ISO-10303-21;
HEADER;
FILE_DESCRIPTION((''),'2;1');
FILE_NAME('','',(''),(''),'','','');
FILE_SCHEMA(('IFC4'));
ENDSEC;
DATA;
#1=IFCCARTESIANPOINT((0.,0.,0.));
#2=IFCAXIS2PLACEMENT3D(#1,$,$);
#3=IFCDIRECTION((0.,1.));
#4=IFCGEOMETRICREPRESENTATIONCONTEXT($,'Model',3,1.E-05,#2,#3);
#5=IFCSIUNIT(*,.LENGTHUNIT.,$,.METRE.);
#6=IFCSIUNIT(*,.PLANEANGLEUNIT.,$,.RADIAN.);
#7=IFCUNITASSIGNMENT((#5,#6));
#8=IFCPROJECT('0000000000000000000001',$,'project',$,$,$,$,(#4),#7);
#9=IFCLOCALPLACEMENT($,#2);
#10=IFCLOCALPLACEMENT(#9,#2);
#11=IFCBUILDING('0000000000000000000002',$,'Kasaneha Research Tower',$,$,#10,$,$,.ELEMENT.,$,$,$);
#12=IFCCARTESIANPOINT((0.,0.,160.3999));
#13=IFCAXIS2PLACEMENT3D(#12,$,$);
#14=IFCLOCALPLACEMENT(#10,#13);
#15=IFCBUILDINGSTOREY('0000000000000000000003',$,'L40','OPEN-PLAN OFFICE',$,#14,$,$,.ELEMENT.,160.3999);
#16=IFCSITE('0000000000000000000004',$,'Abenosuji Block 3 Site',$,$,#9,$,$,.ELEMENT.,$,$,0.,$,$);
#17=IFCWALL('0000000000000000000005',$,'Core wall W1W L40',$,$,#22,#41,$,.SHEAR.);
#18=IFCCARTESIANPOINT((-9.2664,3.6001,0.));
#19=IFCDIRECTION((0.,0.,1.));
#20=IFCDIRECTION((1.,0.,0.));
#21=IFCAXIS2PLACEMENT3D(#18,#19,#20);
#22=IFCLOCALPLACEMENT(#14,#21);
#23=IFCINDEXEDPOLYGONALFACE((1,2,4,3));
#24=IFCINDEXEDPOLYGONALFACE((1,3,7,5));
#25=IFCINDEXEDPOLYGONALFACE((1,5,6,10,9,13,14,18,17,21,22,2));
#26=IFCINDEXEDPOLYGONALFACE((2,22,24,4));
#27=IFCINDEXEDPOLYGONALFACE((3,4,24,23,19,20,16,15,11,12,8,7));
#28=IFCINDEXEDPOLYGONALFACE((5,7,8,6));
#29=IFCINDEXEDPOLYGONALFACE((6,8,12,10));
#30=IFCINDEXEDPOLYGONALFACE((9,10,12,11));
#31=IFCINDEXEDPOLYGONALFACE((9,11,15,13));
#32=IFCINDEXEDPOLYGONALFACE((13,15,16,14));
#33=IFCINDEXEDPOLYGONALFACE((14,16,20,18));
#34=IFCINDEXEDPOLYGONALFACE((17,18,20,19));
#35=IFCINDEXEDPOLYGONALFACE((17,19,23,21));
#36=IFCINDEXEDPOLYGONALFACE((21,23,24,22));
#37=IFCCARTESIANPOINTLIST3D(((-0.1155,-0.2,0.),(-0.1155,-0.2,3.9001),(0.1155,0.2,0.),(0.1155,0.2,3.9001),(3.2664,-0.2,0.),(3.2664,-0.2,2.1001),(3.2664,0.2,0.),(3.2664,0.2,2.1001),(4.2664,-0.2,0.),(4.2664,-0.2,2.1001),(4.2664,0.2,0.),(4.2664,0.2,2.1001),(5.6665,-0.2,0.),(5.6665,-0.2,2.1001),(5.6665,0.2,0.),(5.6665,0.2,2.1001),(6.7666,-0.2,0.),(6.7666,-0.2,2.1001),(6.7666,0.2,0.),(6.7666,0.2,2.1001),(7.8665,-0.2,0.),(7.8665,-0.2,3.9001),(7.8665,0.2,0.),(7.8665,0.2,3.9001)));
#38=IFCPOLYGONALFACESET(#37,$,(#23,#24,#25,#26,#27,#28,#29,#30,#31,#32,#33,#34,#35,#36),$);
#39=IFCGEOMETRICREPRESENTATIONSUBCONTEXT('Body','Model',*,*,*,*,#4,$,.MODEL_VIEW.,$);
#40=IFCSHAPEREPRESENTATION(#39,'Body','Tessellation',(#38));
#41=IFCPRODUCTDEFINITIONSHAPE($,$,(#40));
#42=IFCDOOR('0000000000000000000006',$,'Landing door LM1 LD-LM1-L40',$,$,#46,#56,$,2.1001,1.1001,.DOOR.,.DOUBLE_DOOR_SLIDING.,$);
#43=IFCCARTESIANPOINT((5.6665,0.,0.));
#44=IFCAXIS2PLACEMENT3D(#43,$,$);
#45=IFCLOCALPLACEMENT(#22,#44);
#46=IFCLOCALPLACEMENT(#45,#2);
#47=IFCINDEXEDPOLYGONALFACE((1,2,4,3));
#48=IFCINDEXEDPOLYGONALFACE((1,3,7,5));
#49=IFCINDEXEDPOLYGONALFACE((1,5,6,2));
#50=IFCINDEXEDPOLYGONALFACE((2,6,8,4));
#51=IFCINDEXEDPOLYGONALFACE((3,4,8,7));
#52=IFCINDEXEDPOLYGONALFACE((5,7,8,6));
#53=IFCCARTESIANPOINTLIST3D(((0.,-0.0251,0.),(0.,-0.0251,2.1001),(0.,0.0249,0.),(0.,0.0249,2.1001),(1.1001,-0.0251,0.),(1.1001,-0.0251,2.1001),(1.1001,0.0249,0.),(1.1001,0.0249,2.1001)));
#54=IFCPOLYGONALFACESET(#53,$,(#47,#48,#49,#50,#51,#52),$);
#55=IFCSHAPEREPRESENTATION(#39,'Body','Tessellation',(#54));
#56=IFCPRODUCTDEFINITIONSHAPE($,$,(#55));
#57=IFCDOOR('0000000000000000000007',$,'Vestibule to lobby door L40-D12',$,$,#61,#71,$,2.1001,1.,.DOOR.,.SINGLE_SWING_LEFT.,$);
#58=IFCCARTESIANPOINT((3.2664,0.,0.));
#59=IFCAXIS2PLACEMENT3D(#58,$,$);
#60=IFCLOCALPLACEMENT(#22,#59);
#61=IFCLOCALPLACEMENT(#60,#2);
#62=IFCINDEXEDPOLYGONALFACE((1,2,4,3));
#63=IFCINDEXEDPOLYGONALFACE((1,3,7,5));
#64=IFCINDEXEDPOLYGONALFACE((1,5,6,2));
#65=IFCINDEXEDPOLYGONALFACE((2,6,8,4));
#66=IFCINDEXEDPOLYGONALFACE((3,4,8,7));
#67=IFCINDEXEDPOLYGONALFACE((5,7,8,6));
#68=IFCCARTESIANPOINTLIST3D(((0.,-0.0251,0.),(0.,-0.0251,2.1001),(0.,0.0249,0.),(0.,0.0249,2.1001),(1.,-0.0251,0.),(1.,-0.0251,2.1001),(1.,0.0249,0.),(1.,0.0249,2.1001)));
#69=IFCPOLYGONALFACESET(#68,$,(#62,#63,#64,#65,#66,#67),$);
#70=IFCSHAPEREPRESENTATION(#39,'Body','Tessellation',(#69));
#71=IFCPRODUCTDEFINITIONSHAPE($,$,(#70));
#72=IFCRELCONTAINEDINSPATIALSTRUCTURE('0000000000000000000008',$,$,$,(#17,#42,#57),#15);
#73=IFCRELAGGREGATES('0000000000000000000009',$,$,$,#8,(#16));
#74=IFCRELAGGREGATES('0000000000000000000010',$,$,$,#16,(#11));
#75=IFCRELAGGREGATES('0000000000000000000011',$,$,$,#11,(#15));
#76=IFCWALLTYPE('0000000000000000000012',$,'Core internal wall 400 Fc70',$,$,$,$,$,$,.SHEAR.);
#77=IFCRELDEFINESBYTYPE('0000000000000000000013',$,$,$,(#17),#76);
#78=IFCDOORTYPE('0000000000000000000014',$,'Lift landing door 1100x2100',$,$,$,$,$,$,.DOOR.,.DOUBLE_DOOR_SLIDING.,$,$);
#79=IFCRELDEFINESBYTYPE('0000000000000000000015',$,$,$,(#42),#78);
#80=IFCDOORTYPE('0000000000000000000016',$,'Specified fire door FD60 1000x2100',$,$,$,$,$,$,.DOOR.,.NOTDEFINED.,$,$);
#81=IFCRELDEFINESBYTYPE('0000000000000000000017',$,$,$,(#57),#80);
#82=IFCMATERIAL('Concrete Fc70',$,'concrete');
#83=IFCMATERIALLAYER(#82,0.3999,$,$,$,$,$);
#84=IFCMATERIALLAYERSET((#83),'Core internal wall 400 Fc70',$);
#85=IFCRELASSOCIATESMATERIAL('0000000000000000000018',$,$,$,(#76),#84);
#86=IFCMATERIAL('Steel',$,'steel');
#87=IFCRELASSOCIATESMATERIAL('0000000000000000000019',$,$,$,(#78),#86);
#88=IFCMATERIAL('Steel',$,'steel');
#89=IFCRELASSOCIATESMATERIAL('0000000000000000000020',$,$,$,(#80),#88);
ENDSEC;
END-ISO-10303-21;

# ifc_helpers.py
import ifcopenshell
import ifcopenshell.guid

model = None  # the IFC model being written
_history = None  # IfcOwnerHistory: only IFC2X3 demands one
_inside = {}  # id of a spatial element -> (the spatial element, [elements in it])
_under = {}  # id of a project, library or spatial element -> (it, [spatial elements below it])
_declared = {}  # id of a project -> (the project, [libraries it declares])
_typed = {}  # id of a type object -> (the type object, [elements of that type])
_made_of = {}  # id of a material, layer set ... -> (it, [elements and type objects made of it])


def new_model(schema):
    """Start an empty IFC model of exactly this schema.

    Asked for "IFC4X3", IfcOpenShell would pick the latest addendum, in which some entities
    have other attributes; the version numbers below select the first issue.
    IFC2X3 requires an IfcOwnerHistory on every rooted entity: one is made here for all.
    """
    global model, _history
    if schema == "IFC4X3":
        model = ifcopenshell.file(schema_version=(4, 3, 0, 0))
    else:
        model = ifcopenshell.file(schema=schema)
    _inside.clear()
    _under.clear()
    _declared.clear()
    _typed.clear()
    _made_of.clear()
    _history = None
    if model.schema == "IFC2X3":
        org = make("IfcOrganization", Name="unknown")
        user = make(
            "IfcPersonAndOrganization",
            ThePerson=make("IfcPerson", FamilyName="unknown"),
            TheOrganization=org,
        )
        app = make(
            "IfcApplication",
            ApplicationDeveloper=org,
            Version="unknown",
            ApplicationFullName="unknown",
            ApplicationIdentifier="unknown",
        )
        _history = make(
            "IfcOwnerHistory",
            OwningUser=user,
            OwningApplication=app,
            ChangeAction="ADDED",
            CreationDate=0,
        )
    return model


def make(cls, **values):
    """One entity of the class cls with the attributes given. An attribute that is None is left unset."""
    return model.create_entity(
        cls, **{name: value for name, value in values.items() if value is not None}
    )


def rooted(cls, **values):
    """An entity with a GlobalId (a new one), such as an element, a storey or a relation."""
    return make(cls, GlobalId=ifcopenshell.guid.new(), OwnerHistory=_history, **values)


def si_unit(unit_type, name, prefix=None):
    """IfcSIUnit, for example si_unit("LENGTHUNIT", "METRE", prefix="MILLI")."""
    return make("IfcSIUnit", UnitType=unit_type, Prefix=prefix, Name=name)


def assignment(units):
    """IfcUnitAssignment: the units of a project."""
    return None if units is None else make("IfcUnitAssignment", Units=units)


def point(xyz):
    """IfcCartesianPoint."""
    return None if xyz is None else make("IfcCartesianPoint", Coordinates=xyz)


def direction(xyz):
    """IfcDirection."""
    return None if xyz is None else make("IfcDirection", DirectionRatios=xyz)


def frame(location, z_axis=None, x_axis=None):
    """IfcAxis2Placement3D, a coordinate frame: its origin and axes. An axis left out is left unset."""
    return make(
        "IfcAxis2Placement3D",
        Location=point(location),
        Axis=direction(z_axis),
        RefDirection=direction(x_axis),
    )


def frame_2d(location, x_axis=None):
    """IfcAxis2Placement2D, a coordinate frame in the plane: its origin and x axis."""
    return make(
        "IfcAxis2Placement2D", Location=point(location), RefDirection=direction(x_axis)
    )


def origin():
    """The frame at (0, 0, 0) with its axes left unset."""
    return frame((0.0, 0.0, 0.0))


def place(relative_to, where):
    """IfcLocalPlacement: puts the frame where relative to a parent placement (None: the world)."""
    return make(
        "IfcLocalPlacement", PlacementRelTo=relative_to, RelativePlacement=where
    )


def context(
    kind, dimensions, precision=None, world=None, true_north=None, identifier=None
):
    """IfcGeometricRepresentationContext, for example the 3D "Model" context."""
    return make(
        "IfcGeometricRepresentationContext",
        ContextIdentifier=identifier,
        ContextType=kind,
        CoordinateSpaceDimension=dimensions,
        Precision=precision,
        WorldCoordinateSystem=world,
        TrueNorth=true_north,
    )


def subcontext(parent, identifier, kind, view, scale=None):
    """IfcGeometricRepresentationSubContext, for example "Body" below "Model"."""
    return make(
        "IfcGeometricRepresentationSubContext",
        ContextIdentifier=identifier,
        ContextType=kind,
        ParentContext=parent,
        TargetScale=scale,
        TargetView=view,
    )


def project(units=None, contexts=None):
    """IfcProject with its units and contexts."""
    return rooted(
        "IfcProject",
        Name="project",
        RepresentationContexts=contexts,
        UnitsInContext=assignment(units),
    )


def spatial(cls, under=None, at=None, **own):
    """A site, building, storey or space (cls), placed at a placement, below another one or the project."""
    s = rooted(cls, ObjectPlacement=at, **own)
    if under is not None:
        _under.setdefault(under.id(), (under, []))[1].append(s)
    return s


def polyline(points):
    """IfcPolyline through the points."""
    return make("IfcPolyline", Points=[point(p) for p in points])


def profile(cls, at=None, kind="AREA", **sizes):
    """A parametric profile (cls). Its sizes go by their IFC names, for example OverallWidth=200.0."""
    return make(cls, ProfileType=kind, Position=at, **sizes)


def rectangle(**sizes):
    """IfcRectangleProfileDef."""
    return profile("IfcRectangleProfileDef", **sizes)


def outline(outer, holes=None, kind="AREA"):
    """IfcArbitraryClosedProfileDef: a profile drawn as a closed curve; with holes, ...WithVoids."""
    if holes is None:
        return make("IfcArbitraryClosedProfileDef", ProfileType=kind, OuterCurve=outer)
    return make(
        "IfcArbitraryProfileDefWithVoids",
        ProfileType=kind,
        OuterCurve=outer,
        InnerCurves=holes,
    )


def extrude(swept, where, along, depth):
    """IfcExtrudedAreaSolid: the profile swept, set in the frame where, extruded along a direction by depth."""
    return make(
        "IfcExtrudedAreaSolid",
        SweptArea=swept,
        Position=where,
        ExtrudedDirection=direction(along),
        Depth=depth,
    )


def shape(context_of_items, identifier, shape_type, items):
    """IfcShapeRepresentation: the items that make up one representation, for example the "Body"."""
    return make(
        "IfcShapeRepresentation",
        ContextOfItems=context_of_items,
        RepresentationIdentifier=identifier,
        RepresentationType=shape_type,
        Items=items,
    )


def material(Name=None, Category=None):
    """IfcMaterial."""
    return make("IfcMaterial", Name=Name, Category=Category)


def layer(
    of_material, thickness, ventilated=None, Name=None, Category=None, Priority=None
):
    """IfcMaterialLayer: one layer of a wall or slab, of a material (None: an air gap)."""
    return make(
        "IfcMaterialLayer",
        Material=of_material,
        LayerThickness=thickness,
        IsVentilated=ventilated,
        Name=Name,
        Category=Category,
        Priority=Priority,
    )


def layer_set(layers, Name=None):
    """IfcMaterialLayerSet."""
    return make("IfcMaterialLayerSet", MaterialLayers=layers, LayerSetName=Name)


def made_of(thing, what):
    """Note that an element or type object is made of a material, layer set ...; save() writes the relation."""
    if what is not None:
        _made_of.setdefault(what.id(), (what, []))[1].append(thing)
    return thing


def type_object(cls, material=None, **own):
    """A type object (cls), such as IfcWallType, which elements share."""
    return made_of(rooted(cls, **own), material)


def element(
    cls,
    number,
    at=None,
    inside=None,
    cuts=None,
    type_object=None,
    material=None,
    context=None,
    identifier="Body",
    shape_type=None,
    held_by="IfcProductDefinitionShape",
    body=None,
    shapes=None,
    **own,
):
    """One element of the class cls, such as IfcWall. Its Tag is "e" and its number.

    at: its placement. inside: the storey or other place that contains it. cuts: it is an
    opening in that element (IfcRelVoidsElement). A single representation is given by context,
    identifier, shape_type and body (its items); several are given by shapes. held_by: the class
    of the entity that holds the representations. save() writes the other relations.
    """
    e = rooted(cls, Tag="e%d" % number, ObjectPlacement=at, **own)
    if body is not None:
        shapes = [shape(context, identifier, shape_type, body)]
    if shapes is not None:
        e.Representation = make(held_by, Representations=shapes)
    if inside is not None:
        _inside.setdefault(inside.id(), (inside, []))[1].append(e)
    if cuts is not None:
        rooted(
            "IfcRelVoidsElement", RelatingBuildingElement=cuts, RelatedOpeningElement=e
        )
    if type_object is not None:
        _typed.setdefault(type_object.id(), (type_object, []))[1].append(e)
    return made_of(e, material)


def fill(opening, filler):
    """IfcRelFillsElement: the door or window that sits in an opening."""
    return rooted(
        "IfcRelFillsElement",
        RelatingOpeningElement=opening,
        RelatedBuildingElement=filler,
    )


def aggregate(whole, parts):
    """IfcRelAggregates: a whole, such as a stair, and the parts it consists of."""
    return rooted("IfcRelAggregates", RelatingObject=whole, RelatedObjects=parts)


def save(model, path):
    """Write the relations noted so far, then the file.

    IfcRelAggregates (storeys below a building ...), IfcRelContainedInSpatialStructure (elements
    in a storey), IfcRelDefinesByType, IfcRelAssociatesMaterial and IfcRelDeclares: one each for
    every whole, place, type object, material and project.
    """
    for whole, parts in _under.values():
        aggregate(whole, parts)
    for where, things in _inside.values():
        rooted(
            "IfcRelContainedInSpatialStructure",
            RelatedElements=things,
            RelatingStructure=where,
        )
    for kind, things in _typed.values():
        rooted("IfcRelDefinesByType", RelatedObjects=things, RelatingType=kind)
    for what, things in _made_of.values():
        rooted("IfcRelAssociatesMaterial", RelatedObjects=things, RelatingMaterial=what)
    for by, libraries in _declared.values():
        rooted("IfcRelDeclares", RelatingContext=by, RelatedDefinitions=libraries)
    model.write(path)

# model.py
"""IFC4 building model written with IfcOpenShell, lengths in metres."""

from ifc_helpers import new_model, si_unit, direction, frame, frame_2d, origin, place, context, subcontext, project, spatial, polyline, rectangle, outline, extrude, material, layer, layer_set, type_object, element, fill, save


model = new_model("IFC4")

# Units and contexts
model_context = context("Model", 3, precision=1e-05, world=origin(), true_north=direction((0.0, 1.0)))
body_context = subcontext(model_context, "Body", "Model", "MODEL_VIEW")
ifc_project = project(units=[si_unit("LENGTHUNIT", "METRE"), si_unit("PLANEANGLEUNIT", "RADIAN")], contexts=[model_context])

# Site, building, storey
site_placement = place(None, origin())
site = spatial("IfcSite", under=ifc_project, at=site_placement, Name="Abenosuji Block 3 Site", CompositionType="ELEMENT", RefElevation=0.0)
building_placement = place(site_placement, origin())
building = spatial("IfcBuilding", under=site, at=building_placement, Name="Kasaneha Research Tower", CompositionType="ELEMENT")
storey_placement = place(building_placement, frame((0.0, 0.0, 160.3999)))
storey = spatial("IfcBuildingStorey", under=building, at=storey_placement, Name="L40", Description="OPEN-PLAN OFFICE", CompositionType="ELEMENT", Elevation=160.3999)

# Wall, openings, doors
ifc_material_1 = material(Name="Concrete Fc70", Category="concrete")
ifc_layer_1 = layer(ifc_material_1, 0.3999)
ifc_layer_set_1 = layer_set([ifc_layer_1], Name="Core internal wall 400 Fc70")
wall_type = type_object("IfcWallType", Name="Core internal wall 400 Fc70", PredefinedType="SHEAR", material=ifc_layer_set_1)
wall_1_placement = place(storey_placement, frame((-9.2664, 3.6001, 0.0), z_axis=(0.0, 0.0, 1.0), x_axis=(1.0, 0.0, 0.0)))
wall_1 = element("IfcWall", 1, at=wall_1_placement, inside=storey, type_object=wall_type, Name="Core wall W1W L40", PredefinedType="SHEAR", context=body_context, shape_type="SweptSolid", body=[
    extrude(outline(polyline([(-0.1155, -0.2), (3.2664, -0.2), (4.2664, -0.2), (5.6665, -0.2), (6.7666, -0.2), (7.8665, -0.2), (7.8665, 0.2), (6.7666, 0.2), (5.6665, 0.2), (4.2664, 0.2), (3.2664, 0.2), (0.1155, 0.2), (-0.1155, -0.2)])), origin(), (0.0, 0.0, 1.0), 3.9001),
])
opening_1_placement = place(wall_1_placement, frame((3.2664, 0.0, 0.0)))
opening_1 = element("IfcOpeningElement", 2, at=opening_1_placement, cuts=wall_1, PredefinedType="OPENING", context=body_context, shape_type="SweptSolid", body=[
    extrude(rectangle(XDim=1.0, YDim=2.1001, at=frame_2d((0.5, 1.05))), frame((0.0, 0.21, 0.0), z_axis=(0.0, -1.0, 0.0), x_axis=(1.0, 0.0, 0.0)), (0.0, 0.0, 1.0), 0.4199),
])
opening_2_placement = place(wall_1_placement, frame((5.6665, 0.0, 0.0)))
opening_2 = element("IfcOpeningElement", 3, at=opening_2_placement, cuts=wall_1, PredefinedType="OPENING", context=body_context, shape_type="SweptSolid", body=[
    extrude(rectangle(XDim=1.1001, YDim=2.1001, at=frame_2d((0.55, 1.05))), frame((0.0, 0.21, 0.0), z_axis=(0.0, -1.0, 0.0), x_axis=(1.0, 0.0, 0.0)), (0.0, 0.0, 1.0), 0.4199),
])
ifc_material_2 = material(Name="Steel", Category="steel")
door_type_1 = type_object("IfcDoorType", Name="Lift landing door 1100x2100", OperationType="DOUBLE_DOOR_SLIDING", PredefinedType="DOOR", material=ifc_material_2)
door_1_placement = place(opening_2_placement, origin())
door_1 = element("IfcDoor", 4, at=door_1_placement, inside=storey, type_object=door_type_1, Name="Landing door LM1 LD-LM1-L40", OperationType="DOUBLE_DOOR_SLIDING", OverallHeight=2.1001, OverallWidth=1.1001, PredefinedType="DOOR", context=body_context, shape_type="SweptSolid", body=[
    extrude(rectangle(XDim=1.1001, YDim=2.1001, at=frame_2d((0.55, 1.05))), frame((0.0, 0.0249, 0.0), z_axis=(0.0, -1.0, 0.0), x_axis=(1.0, 0.0, 0.0)), (0.0, 0.0, 1.0), 0.05),
])
fill(opening_2, door_1)
ifc_material_3 = material(Name="Steel", Category="steel")
door_type_2 = type_object("IfcDoorType", Name="Specified fire door FD60 1000x2100", OperationType="NOTDEFINED", PredefinedType="DOOR", material=ifc_material_3)
door_2_placement = place(opening_1_placement, origin())
door_2 = element("IfcDoor", 5, at=door_2_placement, inside=storey, type_object=door_type_2, Name="Vestibule to lobby door L40-D12", OperationType="SINGLE_SWING_LEFT", OverallHeight=2.1001, OverallWidth=1.0, PredefinedType="DOOR", context=body_context, shape_type="SweptSolid", body=[
    extrude(rectangle(XDim=1.0, YDim=2.1001, at=frame_2d((0.5, 1.05))), frame((0.0, 0.0249, 0.0), z_axis=(0.0, -1.0, 0.0), x_axis=(1.0, 0.0, 0.0)), (0.0, 0.0, 1.0), 0.05),
])
fill(opening_1, door_2)

save(model, "model.ifc")
